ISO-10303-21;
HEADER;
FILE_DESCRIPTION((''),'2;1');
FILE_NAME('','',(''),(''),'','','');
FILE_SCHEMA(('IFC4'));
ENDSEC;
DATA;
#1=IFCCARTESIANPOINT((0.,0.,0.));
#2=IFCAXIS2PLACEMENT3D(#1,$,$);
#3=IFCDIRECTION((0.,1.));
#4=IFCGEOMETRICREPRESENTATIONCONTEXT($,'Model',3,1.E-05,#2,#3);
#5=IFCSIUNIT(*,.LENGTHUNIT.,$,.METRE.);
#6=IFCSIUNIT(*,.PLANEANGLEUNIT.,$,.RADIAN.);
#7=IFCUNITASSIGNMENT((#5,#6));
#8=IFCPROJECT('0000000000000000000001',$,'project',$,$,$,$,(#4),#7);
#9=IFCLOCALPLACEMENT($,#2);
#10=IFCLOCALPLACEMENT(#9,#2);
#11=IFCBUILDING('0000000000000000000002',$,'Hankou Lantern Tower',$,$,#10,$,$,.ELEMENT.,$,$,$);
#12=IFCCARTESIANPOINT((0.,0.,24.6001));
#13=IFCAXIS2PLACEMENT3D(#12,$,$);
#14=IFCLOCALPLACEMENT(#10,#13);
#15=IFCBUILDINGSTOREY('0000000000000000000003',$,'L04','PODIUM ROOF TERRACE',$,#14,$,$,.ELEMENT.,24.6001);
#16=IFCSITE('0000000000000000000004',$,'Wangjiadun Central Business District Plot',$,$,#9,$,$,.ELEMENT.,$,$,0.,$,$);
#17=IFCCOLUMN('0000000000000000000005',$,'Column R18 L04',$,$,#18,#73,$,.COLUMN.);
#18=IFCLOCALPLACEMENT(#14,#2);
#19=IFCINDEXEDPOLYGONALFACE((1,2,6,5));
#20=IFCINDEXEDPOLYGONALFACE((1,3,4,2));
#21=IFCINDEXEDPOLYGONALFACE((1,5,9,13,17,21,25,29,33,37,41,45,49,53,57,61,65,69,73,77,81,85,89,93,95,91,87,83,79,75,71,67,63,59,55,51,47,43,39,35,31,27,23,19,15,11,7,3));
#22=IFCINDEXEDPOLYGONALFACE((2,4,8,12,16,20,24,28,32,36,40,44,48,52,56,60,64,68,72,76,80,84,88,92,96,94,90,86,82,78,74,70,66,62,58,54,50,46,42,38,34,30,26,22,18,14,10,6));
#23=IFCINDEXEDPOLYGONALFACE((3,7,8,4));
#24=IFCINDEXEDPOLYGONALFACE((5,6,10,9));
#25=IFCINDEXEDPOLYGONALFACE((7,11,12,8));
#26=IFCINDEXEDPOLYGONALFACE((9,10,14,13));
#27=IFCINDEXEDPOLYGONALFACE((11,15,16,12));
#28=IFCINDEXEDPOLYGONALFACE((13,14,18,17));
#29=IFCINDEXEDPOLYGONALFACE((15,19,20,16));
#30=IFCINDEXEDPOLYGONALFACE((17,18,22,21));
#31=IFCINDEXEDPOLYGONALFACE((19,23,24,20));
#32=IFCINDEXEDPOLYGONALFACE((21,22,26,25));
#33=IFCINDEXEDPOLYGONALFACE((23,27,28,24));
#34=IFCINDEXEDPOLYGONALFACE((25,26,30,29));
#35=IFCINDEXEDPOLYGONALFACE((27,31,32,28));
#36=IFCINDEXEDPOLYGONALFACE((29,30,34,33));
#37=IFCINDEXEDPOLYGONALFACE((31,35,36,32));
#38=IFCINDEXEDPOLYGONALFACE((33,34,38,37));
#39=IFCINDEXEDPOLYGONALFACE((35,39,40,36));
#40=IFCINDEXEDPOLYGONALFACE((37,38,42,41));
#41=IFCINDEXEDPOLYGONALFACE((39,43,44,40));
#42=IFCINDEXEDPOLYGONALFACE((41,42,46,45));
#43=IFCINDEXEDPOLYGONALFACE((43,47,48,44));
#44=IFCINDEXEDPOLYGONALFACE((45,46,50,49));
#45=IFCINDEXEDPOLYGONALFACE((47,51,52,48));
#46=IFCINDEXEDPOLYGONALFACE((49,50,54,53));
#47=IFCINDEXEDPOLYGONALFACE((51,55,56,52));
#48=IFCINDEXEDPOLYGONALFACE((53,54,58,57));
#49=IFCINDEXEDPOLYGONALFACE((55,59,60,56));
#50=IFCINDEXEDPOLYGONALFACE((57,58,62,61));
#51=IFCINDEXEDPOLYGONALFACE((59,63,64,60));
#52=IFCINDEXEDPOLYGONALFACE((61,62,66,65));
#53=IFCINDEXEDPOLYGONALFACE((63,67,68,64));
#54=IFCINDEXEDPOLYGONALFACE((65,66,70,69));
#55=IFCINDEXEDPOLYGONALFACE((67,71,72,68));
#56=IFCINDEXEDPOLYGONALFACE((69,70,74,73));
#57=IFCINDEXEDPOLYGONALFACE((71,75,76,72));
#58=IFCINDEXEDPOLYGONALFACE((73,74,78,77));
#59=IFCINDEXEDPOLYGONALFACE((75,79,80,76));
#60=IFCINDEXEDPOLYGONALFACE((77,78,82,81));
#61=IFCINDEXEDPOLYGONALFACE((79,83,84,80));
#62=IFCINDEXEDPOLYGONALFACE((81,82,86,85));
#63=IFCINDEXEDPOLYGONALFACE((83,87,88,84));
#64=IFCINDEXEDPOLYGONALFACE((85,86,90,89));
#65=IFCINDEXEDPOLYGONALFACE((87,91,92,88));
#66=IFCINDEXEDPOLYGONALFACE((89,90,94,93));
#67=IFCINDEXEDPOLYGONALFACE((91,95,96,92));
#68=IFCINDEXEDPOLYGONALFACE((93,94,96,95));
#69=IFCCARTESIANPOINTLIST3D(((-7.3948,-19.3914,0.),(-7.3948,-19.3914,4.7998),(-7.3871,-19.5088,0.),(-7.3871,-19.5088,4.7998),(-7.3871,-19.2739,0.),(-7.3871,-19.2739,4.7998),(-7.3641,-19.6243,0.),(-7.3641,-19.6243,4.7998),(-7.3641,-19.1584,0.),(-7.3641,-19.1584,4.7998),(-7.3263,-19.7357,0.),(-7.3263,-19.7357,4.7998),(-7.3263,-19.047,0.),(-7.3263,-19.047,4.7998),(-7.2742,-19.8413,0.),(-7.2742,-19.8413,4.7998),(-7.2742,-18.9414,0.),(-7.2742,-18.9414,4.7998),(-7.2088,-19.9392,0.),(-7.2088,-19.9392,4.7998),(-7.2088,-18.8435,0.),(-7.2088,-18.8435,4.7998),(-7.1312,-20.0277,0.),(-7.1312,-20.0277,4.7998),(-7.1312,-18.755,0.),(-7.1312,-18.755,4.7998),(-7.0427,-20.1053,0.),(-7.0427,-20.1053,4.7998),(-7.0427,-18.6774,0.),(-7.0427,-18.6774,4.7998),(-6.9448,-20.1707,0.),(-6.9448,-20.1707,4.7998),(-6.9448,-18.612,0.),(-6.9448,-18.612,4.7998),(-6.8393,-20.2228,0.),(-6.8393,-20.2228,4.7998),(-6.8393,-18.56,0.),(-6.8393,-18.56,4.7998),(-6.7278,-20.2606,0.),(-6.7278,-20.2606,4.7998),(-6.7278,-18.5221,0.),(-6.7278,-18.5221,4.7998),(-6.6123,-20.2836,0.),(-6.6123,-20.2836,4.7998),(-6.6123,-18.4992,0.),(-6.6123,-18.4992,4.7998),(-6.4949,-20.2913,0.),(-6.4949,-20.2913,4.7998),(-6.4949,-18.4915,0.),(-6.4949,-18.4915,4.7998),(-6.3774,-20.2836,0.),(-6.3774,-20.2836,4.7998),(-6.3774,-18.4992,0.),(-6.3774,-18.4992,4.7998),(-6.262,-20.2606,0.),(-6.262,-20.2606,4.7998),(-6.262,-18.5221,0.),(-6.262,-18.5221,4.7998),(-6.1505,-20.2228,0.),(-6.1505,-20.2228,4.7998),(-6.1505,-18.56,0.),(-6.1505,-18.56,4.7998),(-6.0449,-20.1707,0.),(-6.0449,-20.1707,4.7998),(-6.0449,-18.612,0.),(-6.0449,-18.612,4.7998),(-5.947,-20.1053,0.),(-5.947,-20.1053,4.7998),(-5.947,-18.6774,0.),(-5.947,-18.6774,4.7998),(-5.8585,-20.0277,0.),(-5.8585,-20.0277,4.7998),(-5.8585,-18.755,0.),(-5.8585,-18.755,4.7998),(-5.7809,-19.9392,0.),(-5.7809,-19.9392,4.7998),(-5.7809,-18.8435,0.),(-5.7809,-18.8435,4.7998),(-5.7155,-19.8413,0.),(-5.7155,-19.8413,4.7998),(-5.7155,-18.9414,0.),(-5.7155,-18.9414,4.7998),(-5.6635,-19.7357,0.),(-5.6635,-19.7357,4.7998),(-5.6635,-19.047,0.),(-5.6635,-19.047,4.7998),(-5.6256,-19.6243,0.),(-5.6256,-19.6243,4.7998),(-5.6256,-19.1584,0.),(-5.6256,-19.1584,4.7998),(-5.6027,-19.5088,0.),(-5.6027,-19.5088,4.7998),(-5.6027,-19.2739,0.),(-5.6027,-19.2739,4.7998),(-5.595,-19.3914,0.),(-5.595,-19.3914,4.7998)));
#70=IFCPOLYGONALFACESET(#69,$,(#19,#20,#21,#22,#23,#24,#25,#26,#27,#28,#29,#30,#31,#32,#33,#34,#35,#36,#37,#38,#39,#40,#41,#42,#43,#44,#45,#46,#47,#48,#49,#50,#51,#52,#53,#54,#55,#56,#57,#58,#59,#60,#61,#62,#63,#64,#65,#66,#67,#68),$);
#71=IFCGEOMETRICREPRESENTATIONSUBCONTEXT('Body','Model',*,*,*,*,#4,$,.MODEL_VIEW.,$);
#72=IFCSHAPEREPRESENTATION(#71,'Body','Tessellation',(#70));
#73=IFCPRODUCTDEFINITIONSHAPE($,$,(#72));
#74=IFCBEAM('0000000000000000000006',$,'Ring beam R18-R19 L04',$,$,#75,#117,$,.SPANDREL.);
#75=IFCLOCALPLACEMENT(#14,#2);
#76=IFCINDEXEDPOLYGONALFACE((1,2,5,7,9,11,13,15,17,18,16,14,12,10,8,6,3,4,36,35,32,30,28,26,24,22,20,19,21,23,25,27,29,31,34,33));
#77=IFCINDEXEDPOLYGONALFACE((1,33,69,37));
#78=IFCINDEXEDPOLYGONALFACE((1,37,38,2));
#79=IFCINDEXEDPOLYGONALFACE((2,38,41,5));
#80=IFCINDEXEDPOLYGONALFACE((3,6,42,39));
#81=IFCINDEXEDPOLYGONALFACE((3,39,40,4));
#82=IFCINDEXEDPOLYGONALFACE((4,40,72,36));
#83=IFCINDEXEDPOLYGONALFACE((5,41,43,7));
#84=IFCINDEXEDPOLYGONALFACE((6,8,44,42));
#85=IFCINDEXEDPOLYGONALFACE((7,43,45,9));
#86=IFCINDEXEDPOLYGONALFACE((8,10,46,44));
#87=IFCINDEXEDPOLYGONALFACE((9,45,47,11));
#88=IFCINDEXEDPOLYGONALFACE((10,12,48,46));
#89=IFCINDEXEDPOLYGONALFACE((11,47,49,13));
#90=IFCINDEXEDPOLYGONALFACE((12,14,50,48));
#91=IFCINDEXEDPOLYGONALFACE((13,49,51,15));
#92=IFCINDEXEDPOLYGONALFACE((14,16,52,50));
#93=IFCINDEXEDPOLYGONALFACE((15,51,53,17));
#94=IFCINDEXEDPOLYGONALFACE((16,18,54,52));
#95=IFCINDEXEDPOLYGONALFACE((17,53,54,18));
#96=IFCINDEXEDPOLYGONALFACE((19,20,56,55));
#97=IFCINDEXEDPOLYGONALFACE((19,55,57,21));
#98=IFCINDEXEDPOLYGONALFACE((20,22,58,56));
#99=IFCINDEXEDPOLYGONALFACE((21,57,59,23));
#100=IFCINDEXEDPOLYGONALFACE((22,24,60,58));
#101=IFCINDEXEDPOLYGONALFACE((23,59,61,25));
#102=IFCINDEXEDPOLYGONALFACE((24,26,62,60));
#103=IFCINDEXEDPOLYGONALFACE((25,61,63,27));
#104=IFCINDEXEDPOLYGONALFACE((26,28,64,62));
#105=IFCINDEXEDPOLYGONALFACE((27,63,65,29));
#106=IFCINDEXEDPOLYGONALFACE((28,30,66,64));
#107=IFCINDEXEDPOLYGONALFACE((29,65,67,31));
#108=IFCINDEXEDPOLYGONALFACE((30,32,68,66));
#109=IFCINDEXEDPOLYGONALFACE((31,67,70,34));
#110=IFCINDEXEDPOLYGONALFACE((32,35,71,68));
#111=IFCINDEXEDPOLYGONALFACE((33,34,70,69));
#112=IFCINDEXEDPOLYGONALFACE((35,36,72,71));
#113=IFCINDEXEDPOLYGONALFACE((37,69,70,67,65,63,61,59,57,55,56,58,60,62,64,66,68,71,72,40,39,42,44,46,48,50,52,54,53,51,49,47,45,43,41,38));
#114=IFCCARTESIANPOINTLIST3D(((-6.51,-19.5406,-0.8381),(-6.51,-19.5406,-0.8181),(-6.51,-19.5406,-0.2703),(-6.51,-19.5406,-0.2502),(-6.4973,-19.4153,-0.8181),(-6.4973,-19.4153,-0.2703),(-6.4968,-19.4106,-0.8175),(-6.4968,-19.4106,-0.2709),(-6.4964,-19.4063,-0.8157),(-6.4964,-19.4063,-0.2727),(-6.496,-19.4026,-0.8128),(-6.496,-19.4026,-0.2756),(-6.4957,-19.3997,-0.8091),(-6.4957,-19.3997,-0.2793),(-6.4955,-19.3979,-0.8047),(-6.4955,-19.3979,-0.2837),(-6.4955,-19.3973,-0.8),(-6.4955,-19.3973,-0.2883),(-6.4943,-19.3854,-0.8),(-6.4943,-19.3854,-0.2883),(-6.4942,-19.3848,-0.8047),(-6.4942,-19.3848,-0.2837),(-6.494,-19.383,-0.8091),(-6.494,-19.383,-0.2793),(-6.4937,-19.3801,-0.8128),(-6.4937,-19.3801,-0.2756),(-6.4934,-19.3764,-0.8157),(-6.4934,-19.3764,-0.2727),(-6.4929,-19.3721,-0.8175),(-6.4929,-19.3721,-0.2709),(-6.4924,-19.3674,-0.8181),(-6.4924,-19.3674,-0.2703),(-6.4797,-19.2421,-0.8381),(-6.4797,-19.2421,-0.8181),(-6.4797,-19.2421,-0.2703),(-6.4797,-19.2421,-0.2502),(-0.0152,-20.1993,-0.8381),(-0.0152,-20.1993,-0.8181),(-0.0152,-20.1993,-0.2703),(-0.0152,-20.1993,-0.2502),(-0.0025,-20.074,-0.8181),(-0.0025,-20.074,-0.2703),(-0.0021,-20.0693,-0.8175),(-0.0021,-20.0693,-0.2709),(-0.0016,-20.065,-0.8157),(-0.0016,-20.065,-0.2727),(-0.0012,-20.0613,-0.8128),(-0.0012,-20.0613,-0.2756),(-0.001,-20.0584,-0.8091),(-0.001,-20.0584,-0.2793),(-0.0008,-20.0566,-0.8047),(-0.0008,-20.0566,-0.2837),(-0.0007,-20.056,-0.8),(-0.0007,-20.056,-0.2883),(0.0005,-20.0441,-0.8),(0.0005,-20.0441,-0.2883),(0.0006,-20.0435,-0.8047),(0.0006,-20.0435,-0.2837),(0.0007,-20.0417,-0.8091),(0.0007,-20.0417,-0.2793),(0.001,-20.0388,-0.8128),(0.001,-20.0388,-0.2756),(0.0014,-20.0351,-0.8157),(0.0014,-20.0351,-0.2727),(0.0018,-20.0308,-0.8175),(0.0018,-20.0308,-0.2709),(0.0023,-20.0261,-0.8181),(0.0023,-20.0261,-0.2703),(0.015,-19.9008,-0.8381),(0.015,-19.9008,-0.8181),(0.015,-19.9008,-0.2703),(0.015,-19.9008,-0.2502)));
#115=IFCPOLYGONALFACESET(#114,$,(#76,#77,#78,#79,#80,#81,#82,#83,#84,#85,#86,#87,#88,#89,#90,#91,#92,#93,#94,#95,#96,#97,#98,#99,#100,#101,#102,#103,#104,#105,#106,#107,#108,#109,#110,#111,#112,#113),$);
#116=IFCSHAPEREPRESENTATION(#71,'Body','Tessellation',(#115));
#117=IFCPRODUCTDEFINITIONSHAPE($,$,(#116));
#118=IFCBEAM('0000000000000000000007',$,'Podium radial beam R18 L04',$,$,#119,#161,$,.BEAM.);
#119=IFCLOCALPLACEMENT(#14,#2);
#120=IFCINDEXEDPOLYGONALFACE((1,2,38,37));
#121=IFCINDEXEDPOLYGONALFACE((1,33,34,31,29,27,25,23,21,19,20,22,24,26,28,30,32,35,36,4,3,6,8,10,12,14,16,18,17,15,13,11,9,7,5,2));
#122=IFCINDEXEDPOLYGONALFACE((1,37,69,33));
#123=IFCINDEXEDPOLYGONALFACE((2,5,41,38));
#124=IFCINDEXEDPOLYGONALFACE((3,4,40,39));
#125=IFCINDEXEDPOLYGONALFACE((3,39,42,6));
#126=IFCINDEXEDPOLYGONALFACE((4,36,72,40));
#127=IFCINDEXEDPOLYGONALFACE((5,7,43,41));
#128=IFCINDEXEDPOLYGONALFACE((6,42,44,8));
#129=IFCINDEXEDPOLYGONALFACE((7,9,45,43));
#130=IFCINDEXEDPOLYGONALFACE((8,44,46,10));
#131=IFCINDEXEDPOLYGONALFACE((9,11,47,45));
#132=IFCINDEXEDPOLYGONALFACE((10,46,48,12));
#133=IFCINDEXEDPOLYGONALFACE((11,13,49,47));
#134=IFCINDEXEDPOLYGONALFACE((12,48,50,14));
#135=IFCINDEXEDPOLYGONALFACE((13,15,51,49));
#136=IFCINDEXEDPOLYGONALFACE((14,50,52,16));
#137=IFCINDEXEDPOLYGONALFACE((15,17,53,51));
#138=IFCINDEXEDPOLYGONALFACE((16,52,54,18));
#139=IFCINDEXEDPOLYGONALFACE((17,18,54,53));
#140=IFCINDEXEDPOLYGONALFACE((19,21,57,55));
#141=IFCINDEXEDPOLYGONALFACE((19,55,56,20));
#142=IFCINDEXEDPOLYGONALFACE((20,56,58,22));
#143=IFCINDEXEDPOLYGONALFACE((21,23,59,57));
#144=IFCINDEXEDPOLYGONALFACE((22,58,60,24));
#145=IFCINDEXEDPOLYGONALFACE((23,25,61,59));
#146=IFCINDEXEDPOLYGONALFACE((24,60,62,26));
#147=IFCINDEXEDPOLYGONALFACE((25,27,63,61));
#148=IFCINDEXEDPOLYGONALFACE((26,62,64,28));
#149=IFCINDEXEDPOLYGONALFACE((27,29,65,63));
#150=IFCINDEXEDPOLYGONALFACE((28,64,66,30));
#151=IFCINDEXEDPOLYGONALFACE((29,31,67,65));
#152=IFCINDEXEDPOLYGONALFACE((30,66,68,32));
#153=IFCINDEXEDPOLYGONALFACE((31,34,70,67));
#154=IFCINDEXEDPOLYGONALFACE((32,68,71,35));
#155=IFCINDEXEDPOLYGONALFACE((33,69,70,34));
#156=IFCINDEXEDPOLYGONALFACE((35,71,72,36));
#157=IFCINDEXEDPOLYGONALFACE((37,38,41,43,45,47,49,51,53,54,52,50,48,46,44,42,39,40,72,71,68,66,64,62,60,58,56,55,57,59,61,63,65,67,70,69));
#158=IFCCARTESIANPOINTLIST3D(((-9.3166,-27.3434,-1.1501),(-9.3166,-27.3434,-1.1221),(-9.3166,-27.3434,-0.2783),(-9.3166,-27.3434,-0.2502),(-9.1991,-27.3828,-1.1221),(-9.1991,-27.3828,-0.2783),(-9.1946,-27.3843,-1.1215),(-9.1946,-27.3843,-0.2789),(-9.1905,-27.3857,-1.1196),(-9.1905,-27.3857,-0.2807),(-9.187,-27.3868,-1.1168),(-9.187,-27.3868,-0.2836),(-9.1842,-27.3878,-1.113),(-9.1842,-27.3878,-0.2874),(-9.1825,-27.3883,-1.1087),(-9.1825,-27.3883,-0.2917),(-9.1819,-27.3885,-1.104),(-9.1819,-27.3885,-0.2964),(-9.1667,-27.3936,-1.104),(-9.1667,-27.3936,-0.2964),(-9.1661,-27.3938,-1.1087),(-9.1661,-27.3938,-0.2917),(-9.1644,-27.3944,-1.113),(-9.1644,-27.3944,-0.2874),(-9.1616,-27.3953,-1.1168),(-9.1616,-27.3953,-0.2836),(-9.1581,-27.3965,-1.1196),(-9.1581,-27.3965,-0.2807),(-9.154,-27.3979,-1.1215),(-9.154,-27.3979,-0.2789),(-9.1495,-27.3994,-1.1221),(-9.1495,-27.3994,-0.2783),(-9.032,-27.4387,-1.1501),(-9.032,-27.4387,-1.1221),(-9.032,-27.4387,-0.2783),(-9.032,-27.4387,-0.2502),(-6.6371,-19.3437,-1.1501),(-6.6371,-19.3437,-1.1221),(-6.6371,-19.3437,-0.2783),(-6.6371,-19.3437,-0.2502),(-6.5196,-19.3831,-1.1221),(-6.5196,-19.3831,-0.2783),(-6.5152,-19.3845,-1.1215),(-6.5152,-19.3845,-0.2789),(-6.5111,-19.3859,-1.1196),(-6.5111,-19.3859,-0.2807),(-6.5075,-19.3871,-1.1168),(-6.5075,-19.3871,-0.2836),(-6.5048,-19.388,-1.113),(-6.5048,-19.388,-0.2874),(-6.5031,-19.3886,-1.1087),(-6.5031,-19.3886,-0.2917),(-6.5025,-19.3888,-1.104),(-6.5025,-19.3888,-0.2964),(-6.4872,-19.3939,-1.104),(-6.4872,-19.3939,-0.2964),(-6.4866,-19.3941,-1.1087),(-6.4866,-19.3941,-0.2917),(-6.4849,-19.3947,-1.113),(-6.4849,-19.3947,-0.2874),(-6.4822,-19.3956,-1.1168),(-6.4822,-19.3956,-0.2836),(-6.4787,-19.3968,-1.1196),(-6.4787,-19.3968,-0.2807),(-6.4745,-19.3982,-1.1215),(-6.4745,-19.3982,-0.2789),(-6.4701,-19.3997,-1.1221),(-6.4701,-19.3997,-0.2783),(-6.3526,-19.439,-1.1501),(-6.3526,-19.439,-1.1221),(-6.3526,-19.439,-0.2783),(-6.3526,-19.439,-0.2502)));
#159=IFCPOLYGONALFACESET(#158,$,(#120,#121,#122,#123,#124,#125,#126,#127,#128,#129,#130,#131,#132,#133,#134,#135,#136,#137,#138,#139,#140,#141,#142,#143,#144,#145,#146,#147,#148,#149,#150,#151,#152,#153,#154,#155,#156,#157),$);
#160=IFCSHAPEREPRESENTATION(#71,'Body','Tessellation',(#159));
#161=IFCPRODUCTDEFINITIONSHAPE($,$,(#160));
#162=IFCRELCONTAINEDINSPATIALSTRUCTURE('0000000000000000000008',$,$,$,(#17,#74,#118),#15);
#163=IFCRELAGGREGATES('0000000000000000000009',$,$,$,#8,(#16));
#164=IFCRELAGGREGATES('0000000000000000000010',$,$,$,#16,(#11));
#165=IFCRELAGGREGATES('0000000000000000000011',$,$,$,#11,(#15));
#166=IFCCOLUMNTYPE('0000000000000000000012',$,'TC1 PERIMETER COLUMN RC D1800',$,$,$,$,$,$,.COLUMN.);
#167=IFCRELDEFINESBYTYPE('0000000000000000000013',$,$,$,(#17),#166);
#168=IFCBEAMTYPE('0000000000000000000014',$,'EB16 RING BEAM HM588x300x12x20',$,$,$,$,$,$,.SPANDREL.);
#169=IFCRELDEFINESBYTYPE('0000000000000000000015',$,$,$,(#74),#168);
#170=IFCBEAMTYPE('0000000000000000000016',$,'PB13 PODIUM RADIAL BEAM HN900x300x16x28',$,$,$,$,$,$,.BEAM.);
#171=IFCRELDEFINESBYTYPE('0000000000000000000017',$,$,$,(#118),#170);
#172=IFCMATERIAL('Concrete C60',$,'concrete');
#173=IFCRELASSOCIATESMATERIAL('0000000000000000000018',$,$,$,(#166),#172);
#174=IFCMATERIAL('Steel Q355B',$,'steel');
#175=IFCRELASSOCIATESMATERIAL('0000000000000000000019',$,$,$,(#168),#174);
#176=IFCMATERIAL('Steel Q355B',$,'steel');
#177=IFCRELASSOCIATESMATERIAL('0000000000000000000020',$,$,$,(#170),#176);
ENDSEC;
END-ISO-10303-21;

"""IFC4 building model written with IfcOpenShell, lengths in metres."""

from ifc_helpers import new_model, si_unit, direction, frame, origin, origin_2d, place, context, subcontext, project, spatial, circle, i_section, extrude, material, material_profile, profile_set, type_object, element, save


model = new_model("IFC4")

# Units and contexts
model_context = context("Model", 3, precision=1e-05, world=origin(), true_north=direction((0.0, 1.0)))
body_context = subcontext(model_context, "Body", "Model", "MODEL_VIEW")
ifc_project = project(units=[si_unit("LENGTHUNIT", "METRE"), si_unit("PLANEANGLEUNIT", "RADIAN")], contexts=[model_context])

# Site, building, storey
site_placement = place(None, origin())
site = spatial("IfcSite", under=ifc_project, at=site_placement, Name="Wangjiadun Central Business District Plot", CompositionType="ELEMENT", RefElevation=0.0)
building_placement = place(site_placement, origin())
building = spatial("IfcBuilding", under=site, at=building_placement, Name="Hankou Lantern Tower", CompositionType="ELEMENT")
storey_placement = place(building_placement, frame((0.0, 0.0, 24.6001)))
storey = spatial("IfcBuildingStorey", under=building, at=storey_placement, Name="L04", Description="PODIUM ROOF TERRACE", CompositionType="ELEMENT", Elevation=24.6001)

# Column
ifc_material_1 = material(Name="Concrete C60", Category="concrete")
ifc_material_profile_1 = material_profile(ifc_material_1, circle(Radius=0.8999, at=origin_2d()), Name="RC D1800")
ifc_profile_set_1 = profile_set([ifc_material_profile_1], Name="Concrete C60")
column_type = type_object("IfcColumnType", Name="TC1 PERIMETER COLUMN RC D1800", PredefinedType="COLUMN", material=ifc_profile_set_1)
column_placement = place(storey_placement, frame((-6.4949, -19.3914, 0.0), z_axis=(0.0, 0.0, 1.0), x_axis=(1.0, 0.0, 0.0)))
element("IfcColumn", 1, at=column_placement, inside=storey, type_object=column_type, Name="Column R18 L04", PredefinedType="COLUMN", context=body_context, shape_type="SweptSolid", body=[
    extrude(circle(Radius=0.8999, at=origin_2d()), origin(), (0.0, 0.0, 1.0), 4.7998),
])

# Beams
ifc_material_2 = material(Name="Steel Q355B", Category="steel")
ifc_material_profile_2 = material_profile(ifc_material_2, i_section(OverallWidth=0.3, OverallDepth=0.5879, WebThickness=0.012, FlangeThickness=0.02, FilletRadius=0.0181, at=origin_2d()), Name="HM588x300x12x20")
ifc_profile_set_2 = profile_set([ifc_material_profile_2], Name="Steel Q355B")
beam_type_1 = type_object("IfcBeamType", Name="EB16 RING BEAM HM588x300x12x20", PredefinedType="SPANDREL", material=ifc_profile_set_2)
beam_1_placement = place(storey_placement, frame((-6.4949, -19.3914, -0.5442), z_axis=(0.994897, -0.1009, 0.0), x_axis=(0.1009, 0.994897, 0.0)))
element("IfcBeam", 2, at=beam_1_placement, inside=storey, type_object=beam_type_1, Name="Ring beam R18-R19 L04", PredefinedType="SPANDREL", context=body_context, shape_type="SweptSolid", body=[
    extrude(i_section(OverallWidth=0.3, OverallDepth=0.5879, WebThickness=0.012, FlangeThickness=0.02, FilletRadius=0.0181, at=origin_2d()), origin(), (0.0, 0.0, 1.0), 6.5281),
])
ifc_material_3 = material(Name="Steel Q355B", Category="steel")
ifc_material_profile_3 = material_profile(ifc_material_3, i_section(OverallWidth=0.3, OverallDepth=0.8999, WebThickness=0.0161, FlangeThickness=0.0281, FilletRadius=0.0181, at=origin_2d()), Name="HN900x300x16x28")
ifc_profile_set_3 = profile_set([ifc_material_profile_3], Name="Steel Q355B")
beam_type_2 = type_object("IfcBeamType", Name="PB13 PODIUM RADIAL BEAM HN900x300x16x28", PredefinedType="BEAM", material=ifc_profile_set_3)
beam_2_placement = place(storey_placement, frame((-6.4949, -19.3914, -0.7002), z_axis=(-0.317599, -0.948225, 0.0), x_axis=(0.948225, -0.317599, 0.0)))
element("IfcBeam", 3, at=beam_2_placement, inside=storey, type_object=beam_type_2, Name="Podium radial beam R18 L04", PredefinedType="BEAM", context=body_context, shape_type="SweptSolid", body=[
    extrude(i_section(OverallWidth=0.3, OverallDepth=0.8999, WebThickness=0.0161, FlangeThickness=0.0281, FilletRadius=0.0181, at=origin_2d()), origin(), (0.0, 0.0, 1.0), 8.4365),
])

save(model, "model.ifc")
